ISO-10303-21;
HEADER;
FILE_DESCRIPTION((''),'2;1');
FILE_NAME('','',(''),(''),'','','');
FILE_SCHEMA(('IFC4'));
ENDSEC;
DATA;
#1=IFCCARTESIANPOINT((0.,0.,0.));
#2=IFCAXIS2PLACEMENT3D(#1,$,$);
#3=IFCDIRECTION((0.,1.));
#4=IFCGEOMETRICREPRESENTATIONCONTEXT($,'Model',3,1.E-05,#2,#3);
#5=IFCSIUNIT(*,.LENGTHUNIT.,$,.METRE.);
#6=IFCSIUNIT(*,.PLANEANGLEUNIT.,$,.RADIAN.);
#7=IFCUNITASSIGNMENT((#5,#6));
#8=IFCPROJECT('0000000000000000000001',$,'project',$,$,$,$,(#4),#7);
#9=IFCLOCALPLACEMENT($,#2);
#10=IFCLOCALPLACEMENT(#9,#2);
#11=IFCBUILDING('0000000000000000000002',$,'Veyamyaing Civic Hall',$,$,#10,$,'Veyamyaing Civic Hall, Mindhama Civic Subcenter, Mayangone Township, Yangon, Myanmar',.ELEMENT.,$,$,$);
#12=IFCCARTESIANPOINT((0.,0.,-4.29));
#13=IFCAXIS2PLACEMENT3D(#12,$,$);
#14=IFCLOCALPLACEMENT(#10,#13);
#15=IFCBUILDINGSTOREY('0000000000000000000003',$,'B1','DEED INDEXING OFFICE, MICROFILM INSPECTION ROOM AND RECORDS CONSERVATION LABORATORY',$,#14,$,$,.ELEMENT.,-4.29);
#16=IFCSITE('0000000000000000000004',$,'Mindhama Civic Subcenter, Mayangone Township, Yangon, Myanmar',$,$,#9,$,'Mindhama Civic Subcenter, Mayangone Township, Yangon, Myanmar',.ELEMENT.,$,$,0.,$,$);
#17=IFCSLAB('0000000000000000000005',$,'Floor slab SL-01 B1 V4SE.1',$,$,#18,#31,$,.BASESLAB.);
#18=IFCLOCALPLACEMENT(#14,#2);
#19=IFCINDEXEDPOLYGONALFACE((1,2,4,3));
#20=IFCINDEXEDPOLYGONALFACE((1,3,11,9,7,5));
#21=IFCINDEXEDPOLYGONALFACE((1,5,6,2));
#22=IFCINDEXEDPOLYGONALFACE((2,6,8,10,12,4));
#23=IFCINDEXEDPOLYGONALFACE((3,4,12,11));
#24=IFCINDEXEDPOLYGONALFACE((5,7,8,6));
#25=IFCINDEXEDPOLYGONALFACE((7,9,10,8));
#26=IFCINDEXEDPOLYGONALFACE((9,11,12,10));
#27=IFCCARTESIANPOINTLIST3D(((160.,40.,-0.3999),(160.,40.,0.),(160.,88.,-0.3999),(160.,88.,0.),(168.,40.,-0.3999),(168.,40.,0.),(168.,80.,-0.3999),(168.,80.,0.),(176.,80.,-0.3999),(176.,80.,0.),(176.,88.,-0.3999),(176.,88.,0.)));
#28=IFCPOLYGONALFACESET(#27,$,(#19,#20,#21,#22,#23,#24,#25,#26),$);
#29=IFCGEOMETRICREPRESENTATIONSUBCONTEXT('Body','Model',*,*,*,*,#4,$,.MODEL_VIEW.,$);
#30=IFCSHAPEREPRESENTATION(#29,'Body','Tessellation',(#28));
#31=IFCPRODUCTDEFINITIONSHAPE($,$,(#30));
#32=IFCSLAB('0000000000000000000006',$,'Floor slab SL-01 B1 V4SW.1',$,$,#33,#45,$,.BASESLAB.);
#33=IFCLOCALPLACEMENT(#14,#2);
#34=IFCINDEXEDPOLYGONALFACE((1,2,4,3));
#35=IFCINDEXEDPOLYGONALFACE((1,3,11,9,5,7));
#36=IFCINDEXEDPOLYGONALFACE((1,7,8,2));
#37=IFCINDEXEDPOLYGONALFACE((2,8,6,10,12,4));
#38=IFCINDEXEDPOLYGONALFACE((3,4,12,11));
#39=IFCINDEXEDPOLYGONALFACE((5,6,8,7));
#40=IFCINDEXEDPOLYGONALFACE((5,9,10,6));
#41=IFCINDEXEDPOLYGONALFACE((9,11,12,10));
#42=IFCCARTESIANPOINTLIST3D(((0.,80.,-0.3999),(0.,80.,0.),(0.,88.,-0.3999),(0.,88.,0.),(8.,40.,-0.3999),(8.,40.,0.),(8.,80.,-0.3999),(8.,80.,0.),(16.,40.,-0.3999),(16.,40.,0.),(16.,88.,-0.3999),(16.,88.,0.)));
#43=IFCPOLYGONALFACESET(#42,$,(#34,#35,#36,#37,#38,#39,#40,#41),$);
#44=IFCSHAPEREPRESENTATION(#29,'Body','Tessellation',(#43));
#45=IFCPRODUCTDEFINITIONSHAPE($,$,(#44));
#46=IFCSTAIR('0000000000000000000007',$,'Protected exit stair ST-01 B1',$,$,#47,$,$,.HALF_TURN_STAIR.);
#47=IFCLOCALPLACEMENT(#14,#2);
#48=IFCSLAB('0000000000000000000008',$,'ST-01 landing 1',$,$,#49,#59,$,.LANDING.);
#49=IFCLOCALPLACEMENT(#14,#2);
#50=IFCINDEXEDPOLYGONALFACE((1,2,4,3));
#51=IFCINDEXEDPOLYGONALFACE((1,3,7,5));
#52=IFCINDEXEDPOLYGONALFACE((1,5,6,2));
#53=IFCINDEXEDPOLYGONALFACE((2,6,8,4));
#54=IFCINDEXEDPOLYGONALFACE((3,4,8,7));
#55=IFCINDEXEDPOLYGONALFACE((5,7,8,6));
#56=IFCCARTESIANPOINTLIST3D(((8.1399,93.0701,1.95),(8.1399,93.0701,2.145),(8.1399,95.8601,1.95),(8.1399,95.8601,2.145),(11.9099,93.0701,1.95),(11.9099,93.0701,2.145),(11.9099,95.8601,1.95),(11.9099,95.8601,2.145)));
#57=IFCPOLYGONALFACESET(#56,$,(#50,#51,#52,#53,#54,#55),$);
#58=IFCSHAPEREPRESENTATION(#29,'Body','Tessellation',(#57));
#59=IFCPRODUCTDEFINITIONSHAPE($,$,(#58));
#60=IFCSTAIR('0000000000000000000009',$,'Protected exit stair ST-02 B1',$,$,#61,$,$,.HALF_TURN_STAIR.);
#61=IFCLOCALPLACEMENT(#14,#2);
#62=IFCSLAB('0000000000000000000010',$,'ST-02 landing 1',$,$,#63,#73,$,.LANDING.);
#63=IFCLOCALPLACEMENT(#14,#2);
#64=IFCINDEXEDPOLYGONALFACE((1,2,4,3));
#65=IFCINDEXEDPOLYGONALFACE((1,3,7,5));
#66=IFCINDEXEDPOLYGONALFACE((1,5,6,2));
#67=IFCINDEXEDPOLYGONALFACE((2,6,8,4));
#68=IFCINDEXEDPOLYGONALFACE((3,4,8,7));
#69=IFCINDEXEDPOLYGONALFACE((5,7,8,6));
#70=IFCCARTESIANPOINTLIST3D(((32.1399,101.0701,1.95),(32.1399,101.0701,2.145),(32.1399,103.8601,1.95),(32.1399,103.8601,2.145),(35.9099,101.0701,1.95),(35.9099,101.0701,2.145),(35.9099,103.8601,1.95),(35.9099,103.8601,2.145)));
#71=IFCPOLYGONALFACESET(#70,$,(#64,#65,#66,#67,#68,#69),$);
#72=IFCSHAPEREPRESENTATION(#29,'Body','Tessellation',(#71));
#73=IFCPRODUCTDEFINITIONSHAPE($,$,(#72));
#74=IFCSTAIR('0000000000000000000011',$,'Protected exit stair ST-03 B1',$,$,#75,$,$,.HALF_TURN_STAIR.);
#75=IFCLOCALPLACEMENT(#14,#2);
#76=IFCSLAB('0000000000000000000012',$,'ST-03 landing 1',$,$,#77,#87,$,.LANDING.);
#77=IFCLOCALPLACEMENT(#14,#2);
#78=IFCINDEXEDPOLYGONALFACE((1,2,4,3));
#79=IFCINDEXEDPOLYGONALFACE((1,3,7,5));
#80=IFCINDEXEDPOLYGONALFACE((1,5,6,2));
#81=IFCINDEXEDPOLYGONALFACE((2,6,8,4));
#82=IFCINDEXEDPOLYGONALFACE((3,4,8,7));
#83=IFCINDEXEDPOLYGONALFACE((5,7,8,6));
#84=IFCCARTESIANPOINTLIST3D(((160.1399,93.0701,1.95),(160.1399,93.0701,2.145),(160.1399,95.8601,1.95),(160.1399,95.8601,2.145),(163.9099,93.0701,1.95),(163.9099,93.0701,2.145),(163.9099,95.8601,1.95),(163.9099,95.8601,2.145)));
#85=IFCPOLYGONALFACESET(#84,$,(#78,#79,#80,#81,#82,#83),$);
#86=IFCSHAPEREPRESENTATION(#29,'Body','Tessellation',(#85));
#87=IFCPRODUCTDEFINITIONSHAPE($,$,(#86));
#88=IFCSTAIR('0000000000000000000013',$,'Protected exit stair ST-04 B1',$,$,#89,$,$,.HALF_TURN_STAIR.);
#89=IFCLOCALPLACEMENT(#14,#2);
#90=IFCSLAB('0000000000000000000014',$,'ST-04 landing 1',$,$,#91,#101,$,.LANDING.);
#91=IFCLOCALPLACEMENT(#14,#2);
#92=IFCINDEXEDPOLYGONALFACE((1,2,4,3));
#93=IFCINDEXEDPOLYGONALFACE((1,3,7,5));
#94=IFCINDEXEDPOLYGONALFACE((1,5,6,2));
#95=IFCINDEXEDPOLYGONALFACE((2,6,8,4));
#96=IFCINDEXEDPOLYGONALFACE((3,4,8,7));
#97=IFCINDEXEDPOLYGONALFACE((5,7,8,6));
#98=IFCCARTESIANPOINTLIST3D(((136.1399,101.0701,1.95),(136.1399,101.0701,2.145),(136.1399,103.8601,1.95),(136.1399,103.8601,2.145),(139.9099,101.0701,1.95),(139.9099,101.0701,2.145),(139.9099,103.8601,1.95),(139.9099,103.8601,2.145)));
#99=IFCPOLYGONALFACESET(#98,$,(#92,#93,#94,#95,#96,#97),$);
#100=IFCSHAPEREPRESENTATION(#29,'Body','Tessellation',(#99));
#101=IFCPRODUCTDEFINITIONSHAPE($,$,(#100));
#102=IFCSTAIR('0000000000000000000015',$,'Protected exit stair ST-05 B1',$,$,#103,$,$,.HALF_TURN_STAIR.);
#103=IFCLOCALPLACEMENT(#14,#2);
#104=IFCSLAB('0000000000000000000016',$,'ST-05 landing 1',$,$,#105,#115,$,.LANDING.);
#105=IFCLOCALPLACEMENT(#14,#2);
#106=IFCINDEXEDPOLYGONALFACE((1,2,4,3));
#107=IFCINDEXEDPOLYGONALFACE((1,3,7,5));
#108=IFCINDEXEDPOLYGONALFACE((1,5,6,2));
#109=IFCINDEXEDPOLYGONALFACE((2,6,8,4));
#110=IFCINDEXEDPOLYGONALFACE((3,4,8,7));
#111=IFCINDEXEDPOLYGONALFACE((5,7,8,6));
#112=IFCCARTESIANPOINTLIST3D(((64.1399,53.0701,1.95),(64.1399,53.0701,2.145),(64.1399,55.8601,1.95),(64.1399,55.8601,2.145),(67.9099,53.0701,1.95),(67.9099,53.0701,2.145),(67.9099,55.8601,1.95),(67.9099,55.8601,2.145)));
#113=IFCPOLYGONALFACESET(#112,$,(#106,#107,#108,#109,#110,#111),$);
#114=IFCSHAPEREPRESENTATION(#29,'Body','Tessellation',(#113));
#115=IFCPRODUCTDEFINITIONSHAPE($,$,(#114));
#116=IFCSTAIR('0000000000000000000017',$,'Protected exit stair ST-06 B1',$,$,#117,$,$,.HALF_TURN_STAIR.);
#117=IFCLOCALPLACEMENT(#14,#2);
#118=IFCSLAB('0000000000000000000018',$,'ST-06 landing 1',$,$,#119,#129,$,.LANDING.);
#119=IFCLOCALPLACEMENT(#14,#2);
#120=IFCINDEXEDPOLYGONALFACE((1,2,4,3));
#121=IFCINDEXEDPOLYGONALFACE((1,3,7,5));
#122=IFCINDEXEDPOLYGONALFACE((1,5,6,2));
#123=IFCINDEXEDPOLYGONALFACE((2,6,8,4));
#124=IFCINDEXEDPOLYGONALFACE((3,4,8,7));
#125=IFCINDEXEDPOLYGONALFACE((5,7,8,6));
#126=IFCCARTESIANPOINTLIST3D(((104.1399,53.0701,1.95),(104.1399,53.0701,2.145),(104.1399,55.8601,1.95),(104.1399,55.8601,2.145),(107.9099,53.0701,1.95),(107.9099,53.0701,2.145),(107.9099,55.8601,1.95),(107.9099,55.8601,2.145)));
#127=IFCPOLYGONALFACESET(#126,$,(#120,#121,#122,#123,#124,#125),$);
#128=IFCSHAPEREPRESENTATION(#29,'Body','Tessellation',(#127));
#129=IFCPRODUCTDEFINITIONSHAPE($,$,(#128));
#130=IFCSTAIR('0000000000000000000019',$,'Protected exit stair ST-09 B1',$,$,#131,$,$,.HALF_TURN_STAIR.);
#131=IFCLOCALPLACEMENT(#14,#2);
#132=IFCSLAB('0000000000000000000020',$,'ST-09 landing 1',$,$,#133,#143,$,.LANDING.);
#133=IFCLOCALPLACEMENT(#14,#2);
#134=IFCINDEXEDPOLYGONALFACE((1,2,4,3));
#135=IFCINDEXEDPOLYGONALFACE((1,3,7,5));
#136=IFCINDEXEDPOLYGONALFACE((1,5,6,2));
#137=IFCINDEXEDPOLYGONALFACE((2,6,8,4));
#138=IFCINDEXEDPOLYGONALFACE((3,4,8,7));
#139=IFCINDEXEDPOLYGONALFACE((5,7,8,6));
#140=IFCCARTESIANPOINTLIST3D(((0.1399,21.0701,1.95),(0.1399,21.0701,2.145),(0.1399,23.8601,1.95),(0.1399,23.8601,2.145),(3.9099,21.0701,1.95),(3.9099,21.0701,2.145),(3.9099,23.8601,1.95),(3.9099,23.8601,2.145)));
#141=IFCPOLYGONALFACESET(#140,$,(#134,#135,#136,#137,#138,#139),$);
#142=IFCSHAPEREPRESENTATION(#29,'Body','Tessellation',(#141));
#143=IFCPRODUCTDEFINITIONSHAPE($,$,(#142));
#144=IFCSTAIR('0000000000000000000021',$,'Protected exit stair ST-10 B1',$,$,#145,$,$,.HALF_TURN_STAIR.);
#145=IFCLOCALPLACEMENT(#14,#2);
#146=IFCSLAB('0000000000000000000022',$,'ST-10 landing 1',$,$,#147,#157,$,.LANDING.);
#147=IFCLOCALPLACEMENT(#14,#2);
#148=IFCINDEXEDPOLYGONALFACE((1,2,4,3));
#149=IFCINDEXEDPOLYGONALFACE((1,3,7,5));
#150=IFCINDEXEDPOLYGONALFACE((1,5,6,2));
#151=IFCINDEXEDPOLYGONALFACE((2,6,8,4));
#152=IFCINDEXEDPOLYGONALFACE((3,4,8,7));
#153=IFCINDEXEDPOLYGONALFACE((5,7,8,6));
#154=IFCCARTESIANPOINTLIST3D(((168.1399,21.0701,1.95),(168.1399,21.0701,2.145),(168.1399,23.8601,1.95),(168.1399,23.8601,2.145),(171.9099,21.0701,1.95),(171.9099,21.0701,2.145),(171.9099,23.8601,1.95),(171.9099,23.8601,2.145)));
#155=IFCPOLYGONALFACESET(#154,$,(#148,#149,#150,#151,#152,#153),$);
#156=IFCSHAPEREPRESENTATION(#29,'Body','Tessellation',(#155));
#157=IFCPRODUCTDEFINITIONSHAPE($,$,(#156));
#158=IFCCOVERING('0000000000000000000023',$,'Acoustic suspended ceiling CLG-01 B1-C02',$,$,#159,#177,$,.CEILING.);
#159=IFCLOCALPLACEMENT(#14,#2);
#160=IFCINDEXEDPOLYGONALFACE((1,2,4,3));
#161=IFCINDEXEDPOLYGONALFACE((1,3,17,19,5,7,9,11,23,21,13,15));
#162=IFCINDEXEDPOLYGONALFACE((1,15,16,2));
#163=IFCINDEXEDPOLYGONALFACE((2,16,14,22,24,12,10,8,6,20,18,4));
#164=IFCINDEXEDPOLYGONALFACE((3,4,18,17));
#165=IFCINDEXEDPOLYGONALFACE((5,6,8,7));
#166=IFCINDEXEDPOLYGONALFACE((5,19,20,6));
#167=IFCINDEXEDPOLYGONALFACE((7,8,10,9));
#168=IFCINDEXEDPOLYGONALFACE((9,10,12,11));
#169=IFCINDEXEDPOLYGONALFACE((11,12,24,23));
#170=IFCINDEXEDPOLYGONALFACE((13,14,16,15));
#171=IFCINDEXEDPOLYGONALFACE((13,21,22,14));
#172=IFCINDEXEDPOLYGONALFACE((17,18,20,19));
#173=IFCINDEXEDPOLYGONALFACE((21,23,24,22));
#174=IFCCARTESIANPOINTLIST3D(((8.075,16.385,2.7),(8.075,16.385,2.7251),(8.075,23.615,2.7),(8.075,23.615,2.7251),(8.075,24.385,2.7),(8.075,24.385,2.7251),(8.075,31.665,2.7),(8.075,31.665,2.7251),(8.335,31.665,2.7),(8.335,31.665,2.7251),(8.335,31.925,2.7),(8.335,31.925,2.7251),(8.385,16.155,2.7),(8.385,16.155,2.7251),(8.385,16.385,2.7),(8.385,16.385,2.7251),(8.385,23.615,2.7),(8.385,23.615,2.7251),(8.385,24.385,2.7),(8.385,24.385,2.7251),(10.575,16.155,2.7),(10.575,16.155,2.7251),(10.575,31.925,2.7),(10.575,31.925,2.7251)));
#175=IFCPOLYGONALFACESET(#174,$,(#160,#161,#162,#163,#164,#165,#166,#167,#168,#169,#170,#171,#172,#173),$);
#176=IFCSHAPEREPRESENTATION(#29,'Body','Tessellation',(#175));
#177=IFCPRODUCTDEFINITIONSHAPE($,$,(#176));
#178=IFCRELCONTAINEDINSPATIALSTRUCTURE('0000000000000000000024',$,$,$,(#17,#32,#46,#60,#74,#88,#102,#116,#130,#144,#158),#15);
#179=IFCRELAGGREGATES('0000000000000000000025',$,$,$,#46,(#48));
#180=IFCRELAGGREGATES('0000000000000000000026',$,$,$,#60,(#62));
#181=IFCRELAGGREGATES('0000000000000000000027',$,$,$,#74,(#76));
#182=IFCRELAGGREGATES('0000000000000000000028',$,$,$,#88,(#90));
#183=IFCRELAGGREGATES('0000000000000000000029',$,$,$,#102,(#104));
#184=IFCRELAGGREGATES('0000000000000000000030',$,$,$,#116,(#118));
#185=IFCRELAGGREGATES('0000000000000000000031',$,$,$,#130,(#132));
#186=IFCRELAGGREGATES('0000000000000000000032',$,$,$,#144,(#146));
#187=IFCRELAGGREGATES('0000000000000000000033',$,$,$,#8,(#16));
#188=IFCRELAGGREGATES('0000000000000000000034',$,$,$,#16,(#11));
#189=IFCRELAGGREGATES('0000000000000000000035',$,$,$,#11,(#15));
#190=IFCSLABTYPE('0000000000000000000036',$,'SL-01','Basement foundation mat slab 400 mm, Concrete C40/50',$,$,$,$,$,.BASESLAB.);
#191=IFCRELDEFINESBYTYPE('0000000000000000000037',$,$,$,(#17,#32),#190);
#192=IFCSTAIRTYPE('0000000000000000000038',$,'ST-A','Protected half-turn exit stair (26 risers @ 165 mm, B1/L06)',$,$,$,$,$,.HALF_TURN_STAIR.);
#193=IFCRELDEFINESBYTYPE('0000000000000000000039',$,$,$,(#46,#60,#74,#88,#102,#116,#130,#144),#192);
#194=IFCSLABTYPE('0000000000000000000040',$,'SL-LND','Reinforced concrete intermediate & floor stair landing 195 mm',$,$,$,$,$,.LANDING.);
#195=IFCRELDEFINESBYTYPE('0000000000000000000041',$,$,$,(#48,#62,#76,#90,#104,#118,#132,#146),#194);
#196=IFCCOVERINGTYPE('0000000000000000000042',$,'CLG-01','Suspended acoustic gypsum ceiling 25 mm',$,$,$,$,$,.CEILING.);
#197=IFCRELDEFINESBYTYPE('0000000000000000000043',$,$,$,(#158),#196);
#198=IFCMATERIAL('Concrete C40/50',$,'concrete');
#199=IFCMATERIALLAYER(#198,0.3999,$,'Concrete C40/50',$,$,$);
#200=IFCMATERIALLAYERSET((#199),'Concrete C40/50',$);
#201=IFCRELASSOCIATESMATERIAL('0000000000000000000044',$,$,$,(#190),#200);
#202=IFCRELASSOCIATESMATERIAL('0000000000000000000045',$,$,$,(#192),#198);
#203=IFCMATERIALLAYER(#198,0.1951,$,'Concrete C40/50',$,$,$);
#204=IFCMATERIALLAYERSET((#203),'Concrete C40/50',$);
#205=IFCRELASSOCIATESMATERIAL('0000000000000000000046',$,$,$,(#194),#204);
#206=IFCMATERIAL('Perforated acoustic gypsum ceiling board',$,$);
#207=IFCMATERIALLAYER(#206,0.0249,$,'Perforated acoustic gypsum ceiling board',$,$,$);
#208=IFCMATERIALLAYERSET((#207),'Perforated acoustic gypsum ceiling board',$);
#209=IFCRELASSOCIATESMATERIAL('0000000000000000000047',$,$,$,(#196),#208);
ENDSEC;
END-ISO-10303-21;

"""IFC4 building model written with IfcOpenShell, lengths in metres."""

from ifc_helpers import new_model, si_unit, direction, frame, origin, place, context, subcontext, project, spatial, polyline, outline, extrude, material, layer, layer_set, type_object, element, aggregate, save


model = new_model("IFC4")

# Units and contexts
model_context = context("Model", 3, precision=1e-05, world=origin(), true_north=direction((0.0, 1.0)))
body_context = subcontext(model_context, "Body", "Model", "MODEL_VIEW")
ifc_project = project(units=[si_unit("LENGTHUNIT", "METRE"), si_unit("PLANEANGLEUNIT", "RADIAN")], contexts=[model_context])

# Site, building, storey
site_placement = place(None, origin())
site = spatial("IfcSite", under=ifc_project, at=site_placement, Name="Mindhama Civic Subcenter, Mayangone Township, Yangon, Myanmar", LongName="Mindhama Civic Subcenter, Mayangone Township, Yangon, Myanmar", CompositionType="ELEMENT", RefElevation=0.0)
building_placement = place(site_placement, origin())
building = spatial("IfcBuilding", under=site, at=building_placement, Name="Veyamyaing Civic Hall", LongName="Veyamyaing Civic Hall, Mindhama Civic Subcenter, Mayangone Township, Yangon, Myanmar", CompositionType="ELEMENT")
storey_placement = place(building_placement, frame((0.0, 0.0, -4.29)))
storey = spatial("IfcBuildingStorey", under=building, at=storey_placement, Name="B1", Description="DEED INDEXING OFFICE, MICROFILM INSPECTION ROOM AND RECORDS CONSERVATION LABORATORY", CompositionType="ELEMENT", Elevation=-4.29)

# Shared definitions
ifc_material_1 = material(Name="Concrete C40/50", Category="concrete")

# Slabs
ifc_layer_1 = layer(ifc_material_1, 0.3999, Name="Concrete C40/50")
ifc_layer_set_1 = layer_set([ifc_layer_1], Name="Concrete C40/50")
slab_type_1 = type_object("IfcSlabType", Name="SL-01", Description="Basement foundation mat slab 400 mm, Concrete C40/50", PredefinedType="BASESLAB", material=ifc_layer_set_1)
slab_1_placement = place(storey_placement, frame((0.0, 0.0, -0.3999)))
element("IfcSlab", 1, at=slab_1_placement, inside=storey, type_object=slab_type_1, Name="Floor slab SL-01 B1 V4SE.1", PredefinedType="BASESLAB", context=body_context, shape_type="SweptSolid", body=[
    extrude(outline(polyline([(160.0, 40.0), (160.0, 88.0), (176.0, 88.0), (176.0, 80.0), (168.0, 80.0), (168.0, 40.0), (160.0, 40.0)])), origin(), (0.0, 0.0, 1.0), 0.3999),
])
slab_2_placement = place(storey_placement, frame((0.0, 0.0, -0.3999)))
element("IfcSlab", 2, at=slab_2_placement, inside=storey, type_object=slab_type_1, Name="Floor slab SL-01 B1 V4SW.1", PredefinedType="BASESLAB", context=body_context, shape_type="SweptSolid", body=[
    extrude(outline(polyline([(8.0, 40.0), (8.0, 80.0), (0.0, 80.0), (0.0, 88.0), (16.0, 88.0), (16.0, 40.0), (8.0, 40.0)])), origin(), (0.0, 0.0, 1.0), 0.3999),
])

# Stairs, slabs
stair_type = type_object("IfcStairType", Name="ST-A", Description="Protected half-turn exit stair (26 risers @ 165 mm, B1/L06)", PredefinedType="HALF_TURN_STAIR", material=ifc_material_1)
stair_1_placement = place(storey_placement, origin())
stair_1 = element("IfcStair", 3, at=stair_1_placement, inside=storey, type_object=stair_type, Name="Protected exit stair ST-01 B1", PredefinedType="HALF_TURN_STAIR")
ifc_layer_2 = layer(ifc_material_1, 0.1951, Name="Concrete C40/50")
ifc_layer_set_2 = layer_set([ifc_layer_2], Name="Concrete C40/50")
slab_type_2 = type_object("IfcSlabType", Name="SL-LND", Description="Reinforced concrete intermediate & floor stair landing 195 mm", PredefinedType="LANDING", material=ifc_layer_set_2)
slab_3_placement = place(storey_placement, frame((0.0, 0.0, 1.95)))
slab_3 = element("IfcSlab", 4, at=slab_3_placement, type_object=slab_type_2, Name="ST-01 landing 1", PredefinedType="LANDING", context=body_context, shape_type="SweptSolid", body=[
    extrude(outline(polyline([(8.1399, 93.0701), (11.9099, 93.0701), (11.9099, 95.8601), (8.1399, 95.8601), (8.1399, 93.0701)])), origin(), (0.0, 0.0, 1.0), 0.1951),
])
aggregate(stair_1, [slab_3])
stair_2_placement = place(storey_placement, origin())
stair_2 = element("IfcStair", 5, at=stair_2_placement, inside=storey, type_object=stair_type, Name="Protected exit stair ST-02 B1", PredefinedType="HALF_TURN_STAIR")
slab_4_placement = place(storey_placement, frame((0.0, 0.0, 1.95)))
slab_4 = element("IfcSlab", 6, at=slab_4_placement, type_object=slab_type_2, Name="ST-02 landing 1", PredefinedType="LANDING", context=body_context, shape_type="SweptSolid", body=[
    extrude(outline(polyline([(32.1399, 101.0701), (35.9099, 101.0701), (35.9099, 103.8601), (32.1399, 103.8601), (32.1399, 101.0701)])), origin(), (0.0, 0.0, 1.0), 0.1951),
])
aggregate(stair_2, [slab_4])
stair_3_placement = place(storey_placement, origin())
stair_3 = element("IfcStair", 7, at=stair_3_placement, inside=storey, type_object=stair_type, Name="Protected exit stair ST-03 B1", PredefinedType="HALF_TURN_STAIR")
slab_5_placement = place(storey_placement, frame((0.0, 0.0, 1.95)))
slab_5 = element("IfcSlab", 8, at=slab_5_placement, type_object=slab_type_2, Name="ST-03 landing 1", PredefinedType="LANDING", context=body_context, shape_type="SweptSolid", body=[
    extrude(outline(polyline([(160.1399, 93.0701), (163.9099, 93.0701), (163.9099, 95.8601), (160.1399, 95.8601), (160.1399, 93.0701)])), origin(), (0.0, 0.0, 1.0), 0.1951),
])
aggregate(stair_3, [slab_5])
stair_4_placement = place(storey_placement, origin())
stair_4 = element("IfcStair", 9, at=stair_4_placement, inside=storey, type_object=stair_type, Name="Protected exit stair ST-04 B1", PredefinedType="HALF_TURN_STAIR")
slab_6_placement = place(storey_placement, frame((0.0, 0.0, 1.95)))
slab_6 = element("IfcSlab", 10, at=slab_6_placement, type_object=slab_type_2, Name="ST-04 landing 1", PredefinedType="LANDING", context=body_context, shape_type="SweptSolid", body=[
    extrude(outline(polyline([(136.1399, 101.0701), (139.9099, 101.0701), (139.9099, 103.8601), (136.1399, 103.8601), (136.1399, 101.0701)])), origin(), (0.0, 0.0, 1.0), 0.1951),
])
aggregate(stair_4, [slab_6])
stair_5_placement = place(storey_placement, origin())
stair_5 = element("IfcStair", 11, at=stair_5_placement, inside=storey, type_object=stair_type, Name="Protected exit stair ST-05 B1", PredefinedType="HALF_TURN_STAIR")
slab_7_placement = place(storey_placement, frame((0.0, 0.0, 1.95)))
slab_7 = element("IfcSlab", 12, at=slab_7_placement, type_object=slab_type_2, Name="ST-05 landing 1", PredefinedType="LANDING", context=body_context, shape_type="SweptSolid", body=[
    extrude(outline(polyline([(64.1399, 53.0701), (67.9099, 53.0701), (67.9099, 55.8601), (64.1399, 55.8601), (64.1399, 53.0701)])), origin(), (0.0, 0.0, 1.0), 0.1951),
])
aggregate(stair_5, [slab_7])
stair_6_placement = place(storey_placement, origin())
stair_6 = element("IfcStair", 13, at=stair_6_placement, inside=storey, type_object=stair_type, Name="Protected exit stair ST-06 B1", PredefinedType="HALF_TURN_STAIR")
slab_8_placement = place(storey_placement, frame((0.0, 0.0, 1.95)))
slab_8 = element("IfcSlab", 14, at=slab_8_placement, type_object=slab_type_2, Name="ST-06 landing 1", PredefinedType="LANDING", context=body_context, shape_type="SweptSolid", body=[
    extrude(outline(polyline([(104.1399, 53.0701), (107.9099, 53.0701), (107.9099, 55.8601), (104.1399, 55.8601), (104.1399, 53.0701)])), origin(), (0.0, 0.0, 1.0), 0.1951),
])
aggregate(stair_6, [slab_8])
stair_7_placement = place(storey_placement, origin())
stair_7 = element("IfcStair", 15, at=stair_7_placement, inside=storey, type_object=stair_type, Name="Protected exit stair ST-09 B1", PredefinedType="HALF_TURN_STAIR")
slab_9_placement = place(storey_placement, frame((0.0, 0.0, 1.95)))
slab_9 = element("IfcSlab", 16, at=slab_9_placement, type_object=slab_type_2, Name="ST-09 landing 1", PredefinedType="LANDING", context=body_context, shape_type="SweptSolid", body=[
    extrude(outline(polyline([(0.1399, 21.0701), (3.9099, 21.0701), (3.9099, 23.8601), (0.1399, 23.8601), (0.1399, 21.0701)])), origin(), (0.0, 0.0, 1.0), 0.1951),
])
aggregate(stair_7, [slab_9])
stair_8_placement = place(storey_placement, origin())
stair_8 = element("IfcStair", 17, at=stair_8_placement, inside=storey, type_object=stair_type, Name="Protected exit stair ST-10 B1", PredefinedType="HALF_TURN_STAIR")
slab_10_placement = place(storey_placement, frame((0.0, 0.0, 1.95)))
slab_10 = element("IfcSlab", 18, at=slab_10_placement, type_object=slab_type_2, Name="ST-10 landing 1", PredefinedType="LANDING", context=body_context, shape_type="SweptSolid", body=[
    extrude(outline(polyline([(168.1399, 21.0701), (171.9099, 21.0701), (171.9099, 23.8601), (168.1399, 23.8601), (168.1399, 21.0701)])), origin(), (0.0, 0.0, 1.0), 0.1951),
])
aggregate(stair_8, [slab_10])

# Covering
ifc_material_2 = material(Name="Perforated acoustic gypsum ceiling board")
ifc_layer_3 = layer(ifc_material_2, 0.0249, Name="Perforated acoustic gypsum ceiling board")
ifc_layer_set_3 = layer_set([ifc_layer_3], Name="Perforated acoustic gypsum ceiling board")
covering_type_1 = type_object("IfcCoveringType", Name="CLG-01", Description="Suspended acoustic gypsum ceiling 25 mm", PredefinedType="CEILING", material=ifc_layer_set_3)
covering_1_placement = place(storey_placement, frame((0.0, 0.0, 2.7)))
element("IfcCovering", 19, at=covering_1_placement, inside=storey, type_object=covering_type_1, Name="Acoustic suspended ceiling CLG-01 B1-C02", PredefinedType="CEILING", context=body_context, shape_type="SweptSolid", body=[
    extrude(outline(polyline([(8.385, 16.155), (8.385, 16.385), (8.075, 16.385), (8.075, 23.615), (8.385, 23.615), (8.385, 24.385), (8.075, 24.385), (8.075, 31.665), (8.335, 31.665), (8.335, 31.925), (10.575, 31.925), (10.575, 16.155), (8.385, 16.155)])), origin(), (0.0, 0.0, 1.0), 0.0251),
])

save(model, "model.ifc")
